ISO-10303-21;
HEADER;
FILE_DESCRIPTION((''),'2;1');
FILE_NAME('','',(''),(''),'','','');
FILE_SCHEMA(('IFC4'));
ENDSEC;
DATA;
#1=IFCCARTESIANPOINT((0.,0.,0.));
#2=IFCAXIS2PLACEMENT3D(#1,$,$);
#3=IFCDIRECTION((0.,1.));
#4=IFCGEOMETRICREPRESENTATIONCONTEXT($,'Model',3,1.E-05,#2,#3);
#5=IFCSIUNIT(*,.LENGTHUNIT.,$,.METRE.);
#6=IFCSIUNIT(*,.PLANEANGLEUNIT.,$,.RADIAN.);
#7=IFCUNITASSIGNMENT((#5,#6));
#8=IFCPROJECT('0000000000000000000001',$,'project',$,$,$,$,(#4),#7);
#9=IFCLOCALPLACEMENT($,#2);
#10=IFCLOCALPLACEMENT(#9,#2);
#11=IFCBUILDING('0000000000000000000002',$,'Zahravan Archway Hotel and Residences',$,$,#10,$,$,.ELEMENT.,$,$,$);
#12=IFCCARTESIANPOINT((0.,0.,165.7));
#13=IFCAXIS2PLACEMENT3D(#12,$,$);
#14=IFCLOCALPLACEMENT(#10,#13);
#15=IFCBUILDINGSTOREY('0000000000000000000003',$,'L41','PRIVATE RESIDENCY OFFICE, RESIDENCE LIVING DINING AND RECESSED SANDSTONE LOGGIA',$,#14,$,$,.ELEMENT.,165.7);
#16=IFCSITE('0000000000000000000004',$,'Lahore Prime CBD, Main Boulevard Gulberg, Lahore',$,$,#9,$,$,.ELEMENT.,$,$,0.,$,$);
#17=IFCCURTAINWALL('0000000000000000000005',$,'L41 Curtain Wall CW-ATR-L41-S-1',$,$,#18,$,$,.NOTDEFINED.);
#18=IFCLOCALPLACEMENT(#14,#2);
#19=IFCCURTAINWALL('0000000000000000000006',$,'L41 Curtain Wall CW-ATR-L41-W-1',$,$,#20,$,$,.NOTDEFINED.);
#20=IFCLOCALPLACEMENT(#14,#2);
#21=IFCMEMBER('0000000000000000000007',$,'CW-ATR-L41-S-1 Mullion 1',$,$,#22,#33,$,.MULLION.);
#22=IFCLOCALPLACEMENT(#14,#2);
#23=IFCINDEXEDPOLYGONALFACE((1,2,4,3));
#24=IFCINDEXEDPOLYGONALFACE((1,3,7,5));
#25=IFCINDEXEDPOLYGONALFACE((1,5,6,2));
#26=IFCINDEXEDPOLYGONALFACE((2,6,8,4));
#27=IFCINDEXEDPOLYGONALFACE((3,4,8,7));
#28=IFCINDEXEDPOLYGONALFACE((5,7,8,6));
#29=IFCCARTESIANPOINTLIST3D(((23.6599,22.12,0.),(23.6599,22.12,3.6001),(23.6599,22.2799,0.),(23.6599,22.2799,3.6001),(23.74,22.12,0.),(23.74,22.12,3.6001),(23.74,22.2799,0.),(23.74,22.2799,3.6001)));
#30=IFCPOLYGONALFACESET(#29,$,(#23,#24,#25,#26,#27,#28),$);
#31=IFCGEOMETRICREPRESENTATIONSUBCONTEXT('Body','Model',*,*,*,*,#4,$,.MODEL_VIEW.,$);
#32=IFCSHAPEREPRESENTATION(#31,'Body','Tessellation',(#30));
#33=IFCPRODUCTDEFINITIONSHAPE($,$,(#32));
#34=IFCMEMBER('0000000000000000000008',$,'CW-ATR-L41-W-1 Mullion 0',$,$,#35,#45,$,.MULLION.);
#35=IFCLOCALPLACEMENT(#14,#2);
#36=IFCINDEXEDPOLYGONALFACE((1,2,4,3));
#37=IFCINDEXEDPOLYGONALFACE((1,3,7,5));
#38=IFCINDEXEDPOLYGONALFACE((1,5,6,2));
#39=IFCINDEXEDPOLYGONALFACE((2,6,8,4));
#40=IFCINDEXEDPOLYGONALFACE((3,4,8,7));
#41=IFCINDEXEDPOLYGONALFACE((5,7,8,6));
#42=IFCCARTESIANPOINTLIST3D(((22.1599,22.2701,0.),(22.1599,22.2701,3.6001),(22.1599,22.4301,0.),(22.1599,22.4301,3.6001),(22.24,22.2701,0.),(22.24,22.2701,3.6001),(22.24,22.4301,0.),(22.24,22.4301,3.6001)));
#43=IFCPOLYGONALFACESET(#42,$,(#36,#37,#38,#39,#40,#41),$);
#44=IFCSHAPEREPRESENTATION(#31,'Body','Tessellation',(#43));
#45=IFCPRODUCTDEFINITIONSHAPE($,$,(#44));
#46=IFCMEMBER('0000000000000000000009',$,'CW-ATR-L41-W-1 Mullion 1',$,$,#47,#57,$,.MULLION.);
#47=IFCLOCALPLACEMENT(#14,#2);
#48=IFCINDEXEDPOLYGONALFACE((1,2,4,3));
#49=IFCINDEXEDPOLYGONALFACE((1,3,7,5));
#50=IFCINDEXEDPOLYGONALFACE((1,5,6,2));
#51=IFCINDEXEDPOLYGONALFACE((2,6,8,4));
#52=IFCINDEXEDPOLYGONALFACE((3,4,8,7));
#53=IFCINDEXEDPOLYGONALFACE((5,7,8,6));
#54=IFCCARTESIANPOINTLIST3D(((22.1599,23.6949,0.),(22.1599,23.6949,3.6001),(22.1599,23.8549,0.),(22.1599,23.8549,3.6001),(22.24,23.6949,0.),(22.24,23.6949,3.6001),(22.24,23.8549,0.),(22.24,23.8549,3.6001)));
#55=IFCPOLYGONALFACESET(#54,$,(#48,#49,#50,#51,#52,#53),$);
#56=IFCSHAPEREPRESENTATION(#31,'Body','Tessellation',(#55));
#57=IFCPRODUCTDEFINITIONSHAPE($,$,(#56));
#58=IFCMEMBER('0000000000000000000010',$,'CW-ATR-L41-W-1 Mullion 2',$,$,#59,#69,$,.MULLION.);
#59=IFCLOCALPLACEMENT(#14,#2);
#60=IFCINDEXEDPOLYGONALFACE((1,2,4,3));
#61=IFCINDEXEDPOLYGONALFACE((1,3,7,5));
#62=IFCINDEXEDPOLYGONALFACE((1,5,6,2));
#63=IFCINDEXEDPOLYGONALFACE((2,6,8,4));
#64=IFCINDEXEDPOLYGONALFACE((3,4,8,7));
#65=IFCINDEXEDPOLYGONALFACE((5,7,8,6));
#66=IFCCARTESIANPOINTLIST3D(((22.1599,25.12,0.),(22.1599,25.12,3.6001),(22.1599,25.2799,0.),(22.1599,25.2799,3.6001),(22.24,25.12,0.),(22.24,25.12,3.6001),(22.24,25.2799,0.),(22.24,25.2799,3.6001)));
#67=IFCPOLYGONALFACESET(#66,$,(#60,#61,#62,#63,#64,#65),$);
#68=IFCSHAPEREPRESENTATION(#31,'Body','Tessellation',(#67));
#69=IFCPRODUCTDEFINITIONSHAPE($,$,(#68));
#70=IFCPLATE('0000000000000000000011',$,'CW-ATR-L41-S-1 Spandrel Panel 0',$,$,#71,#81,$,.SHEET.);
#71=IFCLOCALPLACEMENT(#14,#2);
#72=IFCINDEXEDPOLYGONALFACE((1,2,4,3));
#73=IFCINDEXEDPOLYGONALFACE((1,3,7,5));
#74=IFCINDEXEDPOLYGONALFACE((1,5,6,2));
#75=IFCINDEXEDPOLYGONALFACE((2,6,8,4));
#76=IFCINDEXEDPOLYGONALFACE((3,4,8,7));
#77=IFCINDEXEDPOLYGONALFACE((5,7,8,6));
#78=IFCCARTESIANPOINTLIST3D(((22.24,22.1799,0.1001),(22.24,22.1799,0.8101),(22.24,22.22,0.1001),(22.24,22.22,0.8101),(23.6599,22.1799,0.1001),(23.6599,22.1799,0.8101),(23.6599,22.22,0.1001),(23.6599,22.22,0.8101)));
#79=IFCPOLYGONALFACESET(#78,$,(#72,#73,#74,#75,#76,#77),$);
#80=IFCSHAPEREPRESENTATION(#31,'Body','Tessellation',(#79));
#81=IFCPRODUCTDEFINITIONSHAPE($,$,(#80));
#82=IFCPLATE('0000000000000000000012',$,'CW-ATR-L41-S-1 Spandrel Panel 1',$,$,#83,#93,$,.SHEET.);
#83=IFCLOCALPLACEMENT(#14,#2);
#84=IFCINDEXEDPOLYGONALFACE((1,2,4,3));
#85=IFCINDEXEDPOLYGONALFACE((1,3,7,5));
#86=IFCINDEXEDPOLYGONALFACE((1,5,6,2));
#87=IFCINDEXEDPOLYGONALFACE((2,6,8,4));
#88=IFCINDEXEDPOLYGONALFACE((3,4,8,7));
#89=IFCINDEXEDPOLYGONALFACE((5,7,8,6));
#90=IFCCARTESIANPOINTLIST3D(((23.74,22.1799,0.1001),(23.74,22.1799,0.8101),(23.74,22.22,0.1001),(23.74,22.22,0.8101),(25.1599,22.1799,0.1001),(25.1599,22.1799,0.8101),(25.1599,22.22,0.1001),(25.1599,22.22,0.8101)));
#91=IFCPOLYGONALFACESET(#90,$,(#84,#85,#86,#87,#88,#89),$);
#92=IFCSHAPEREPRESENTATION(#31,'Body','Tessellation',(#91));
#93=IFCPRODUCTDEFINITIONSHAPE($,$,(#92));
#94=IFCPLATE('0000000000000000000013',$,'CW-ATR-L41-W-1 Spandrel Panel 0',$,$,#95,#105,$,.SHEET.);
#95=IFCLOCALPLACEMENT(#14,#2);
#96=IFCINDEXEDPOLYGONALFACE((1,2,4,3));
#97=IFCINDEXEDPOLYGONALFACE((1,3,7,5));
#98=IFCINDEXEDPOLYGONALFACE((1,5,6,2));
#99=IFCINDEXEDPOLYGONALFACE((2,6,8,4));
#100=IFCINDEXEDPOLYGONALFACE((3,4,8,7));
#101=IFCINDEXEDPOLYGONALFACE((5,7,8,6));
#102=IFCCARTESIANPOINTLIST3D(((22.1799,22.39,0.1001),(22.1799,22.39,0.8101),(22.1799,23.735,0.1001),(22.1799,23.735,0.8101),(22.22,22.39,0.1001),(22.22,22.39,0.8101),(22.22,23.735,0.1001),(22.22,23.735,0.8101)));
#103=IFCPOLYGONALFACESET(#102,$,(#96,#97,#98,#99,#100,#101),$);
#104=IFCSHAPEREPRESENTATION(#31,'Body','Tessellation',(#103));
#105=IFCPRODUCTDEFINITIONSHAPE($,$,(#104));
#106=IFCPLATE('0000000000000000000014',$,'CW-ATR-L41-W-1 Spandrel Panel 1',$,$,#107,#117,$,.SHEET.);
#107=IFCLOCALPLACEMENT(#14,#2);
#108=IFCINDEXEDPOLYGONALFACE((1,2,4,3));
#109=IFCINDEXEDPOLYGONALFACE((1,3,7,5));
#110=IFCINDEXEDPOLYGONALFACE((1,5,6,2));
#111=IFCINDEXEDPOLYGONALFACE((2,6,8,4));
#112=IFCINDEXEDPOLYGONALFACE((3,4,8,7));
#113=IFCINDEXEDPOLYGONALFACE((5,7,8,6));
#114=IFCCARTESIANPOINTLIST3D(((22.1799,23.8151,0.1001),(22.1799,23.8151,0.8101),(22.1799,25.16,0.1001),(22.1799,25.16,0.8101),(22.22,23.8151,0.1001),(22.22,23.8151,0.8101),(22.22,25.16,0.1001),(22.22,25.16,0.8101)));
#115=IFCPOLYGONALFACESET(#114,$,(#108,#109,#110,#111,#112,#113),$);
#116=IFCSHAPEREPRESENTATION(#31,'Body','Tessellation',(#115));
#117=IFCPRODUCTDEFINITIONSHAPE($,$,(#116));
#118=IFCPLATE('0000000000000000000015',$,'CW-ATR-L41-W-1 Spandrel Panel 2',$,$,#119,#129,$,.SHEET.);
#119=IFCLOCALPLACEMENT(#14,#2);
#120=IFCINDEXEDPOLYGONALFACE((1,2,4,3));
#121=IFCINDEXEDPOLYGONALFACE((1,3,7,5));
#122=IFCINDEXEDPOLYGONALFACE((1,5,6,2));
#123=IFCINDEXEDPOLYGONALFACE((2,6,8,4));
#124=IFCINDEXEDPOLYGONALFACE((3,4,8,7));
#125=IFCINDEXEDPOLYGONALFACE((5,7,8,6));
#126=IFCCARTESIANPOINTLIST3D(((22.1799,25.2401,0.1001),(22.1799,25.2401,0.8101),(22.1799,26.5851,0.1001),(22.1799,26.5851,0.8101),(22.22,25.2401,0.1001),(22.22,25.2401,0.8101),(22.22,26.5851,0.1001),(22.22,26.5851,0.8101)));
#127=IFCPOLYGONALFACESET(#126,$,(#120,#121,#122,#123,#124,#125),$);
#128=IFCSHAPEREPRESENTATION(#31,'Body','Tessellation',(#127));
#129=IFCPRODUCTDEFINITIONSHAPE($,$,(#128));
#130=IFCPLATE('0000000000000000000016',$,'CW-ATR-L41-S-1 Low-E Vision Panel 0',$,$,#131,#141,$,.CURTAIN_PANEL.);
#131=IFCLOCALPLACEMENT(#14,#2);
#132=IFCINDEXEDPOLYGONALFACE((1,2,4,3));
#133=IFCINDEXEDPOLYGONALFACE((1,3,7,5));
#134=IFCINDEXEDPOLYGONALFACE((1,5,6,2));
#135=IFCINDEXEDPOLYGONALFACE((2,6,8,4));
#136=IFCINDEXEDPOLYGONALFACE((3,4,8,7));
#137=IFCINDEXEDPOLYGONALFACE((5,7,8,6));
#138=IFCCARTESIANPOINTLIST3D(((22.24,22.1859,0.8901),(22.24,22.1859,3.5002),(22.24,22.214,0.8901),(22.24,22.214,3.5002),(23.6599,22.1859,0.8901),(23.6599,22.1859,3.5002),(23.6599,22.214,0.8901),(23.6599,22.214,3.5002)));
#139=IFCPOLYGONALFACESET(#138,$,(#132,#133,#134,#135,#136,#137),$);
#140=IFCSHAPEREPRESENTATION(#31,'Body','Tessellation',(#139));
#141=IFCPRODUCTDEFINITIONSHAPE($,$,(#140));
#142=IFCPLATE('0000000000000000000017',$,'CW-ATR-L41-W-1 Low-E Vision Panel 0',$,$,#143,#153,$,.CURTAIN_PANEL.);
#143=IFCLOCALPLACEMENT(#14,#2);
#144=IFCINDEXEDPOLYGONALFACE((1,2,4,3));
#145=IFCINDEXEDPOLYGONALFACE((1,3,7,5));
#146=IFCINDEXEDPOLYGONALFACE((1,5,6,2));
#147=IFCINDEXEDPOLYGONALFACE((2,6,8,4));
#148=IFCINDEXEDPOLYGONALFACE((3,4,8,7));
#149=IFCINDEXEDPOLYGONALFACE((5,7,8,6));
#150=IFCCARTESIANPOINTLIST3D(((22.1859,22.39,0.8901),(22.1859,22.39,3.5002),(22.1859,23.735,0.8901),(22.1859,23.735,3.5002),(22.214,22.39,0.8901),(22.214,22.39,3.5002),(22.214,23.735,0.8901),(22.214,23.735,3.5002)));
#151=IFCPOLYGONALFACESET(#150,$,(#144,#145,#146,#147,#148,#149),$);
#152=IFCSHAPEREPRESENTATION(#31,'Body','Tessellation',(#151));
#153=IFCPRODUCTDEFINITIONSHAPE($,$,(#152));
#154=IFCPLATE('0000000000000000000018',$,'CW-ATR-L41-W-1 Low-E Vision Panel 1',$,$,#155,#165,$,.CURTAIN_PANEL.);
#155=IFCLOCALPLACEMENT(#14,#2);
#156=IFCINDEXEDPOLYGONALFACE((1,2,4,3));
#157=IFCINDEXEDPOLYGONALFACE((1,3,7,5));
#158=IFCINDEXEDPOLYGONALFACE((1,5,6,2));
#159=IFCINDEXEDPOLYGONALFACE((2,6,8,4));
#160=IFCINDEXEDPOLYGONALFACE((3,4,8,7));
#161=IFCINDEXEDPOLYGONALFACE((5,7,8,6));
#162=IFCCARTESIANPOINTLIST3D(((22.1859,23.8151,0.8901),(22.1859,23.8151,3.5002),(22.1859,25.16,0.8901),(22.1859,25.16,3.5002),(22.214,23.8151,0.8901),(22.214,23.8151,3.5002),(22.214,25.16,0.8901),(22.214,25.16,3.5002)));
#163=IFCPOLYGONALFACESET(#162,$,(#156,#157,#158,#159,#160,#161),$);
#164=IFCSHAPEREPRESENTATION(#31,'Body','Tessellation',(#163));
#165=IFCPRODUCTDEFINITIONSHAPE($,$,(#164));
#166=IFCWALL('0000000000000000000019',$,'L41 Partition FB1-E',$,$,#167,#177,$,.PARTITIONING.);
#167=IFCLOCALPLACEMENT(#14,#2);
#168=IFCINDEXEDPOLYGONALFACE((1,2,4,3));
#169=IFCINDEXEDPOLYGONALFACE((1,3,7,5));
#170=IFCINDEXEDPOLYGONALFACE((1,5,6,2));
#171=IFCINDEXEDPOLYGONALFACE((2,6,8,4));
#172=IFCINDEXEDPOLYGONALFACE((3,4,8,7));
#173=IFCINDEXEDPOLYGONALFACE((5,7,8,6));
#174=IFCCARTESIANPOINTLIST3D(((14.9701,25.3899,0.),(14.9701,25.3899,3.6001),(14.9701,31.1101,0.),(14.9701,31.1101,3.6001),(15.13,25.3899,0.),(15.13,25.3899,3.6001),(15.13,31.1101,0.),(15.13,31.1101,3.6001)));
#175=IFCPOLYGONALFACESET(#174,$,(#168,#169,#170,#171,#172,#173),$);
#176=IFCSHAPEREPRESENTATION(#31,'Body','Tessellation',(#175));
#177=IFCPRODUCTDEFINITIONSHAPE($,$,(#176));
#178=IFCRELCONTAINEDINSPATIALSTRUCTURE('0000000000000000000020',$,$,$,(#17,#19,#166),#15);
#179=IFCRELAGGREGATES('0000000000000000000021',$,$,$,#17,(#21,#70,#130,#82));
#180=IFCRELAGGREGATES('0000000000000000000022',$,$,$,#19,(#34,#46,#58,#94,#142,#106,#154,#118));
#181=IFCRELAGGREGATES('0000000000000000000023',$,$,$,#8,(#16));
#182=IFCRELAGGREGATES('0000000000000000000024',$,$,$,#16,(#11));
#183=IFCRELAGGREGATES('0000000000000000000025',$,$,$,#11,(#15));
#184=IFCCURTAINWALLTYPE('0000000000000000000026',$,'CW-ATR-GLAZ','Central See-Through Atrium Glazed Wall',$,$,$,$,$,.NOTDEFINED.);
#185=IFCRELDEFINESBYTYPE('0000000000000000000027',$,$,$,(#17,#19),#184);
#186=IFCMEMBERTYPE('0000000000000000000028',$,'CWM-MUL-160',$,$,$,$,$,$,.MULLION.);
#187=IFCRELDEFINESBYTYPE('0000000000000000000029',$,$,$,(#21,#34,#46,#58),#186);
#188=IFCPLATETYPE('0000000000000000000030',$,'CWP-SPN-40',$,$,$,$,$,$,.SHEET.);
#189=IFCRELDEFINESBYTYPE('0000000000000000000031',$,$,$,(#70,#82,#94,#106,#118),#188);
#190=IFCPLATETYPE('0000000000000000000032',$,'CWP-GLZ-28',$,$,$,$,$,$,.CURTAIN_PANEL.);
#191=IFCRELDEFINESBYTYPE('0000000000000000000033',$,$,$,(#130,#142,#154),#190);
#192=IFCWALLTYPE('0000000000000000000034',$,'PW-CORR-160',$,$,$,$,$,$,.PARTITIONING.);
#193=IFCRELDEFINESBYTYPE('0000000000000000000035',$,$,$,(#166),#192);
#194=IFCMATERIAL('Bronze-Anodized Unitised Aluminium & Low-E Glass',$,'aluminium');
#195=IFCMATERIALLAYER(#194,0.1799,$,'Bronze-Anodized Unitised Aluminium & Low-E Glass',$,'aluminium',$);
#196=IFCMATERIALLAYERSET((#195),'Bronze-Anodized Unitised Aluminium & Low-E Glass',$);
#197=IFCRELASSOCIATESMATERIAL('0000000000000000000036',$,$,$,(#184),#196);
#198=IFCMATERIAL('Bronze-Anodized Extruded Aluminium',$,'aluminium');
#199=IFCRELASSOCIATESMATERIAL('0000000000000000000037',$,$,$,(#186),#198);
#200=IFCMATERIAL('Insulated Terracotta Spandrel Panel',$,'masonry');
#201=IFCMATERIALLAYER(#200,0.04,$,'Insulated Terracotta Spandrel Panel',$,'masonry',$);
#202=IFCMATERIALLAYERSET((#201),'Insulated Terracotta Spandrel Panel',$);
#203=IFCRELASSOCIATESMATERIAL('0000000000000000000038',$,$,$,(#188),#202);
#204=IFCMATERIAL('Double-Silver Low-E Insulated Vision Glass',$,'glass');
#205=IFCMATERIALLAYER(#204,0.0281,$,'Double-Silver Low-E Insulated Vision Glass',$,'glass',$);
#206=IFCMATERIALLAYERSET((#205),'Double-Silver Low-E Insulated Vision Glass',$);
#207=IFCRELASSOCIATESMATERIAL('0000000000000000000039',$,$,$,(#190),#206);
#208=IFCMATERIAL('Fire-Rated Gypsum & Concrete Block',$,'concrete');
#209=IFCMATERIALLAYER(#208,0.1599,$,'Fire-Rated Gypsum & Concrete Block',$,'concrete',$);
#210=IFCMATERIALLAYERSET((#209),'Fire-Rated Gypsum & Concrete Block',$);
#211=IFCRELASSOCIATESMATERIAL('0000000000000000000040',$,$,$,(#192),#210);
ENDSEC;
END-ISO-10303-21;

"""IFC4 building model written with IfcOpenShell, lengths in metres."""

from ifc_helpers import new_model, si_unit, direction, frame, frame_2d, origin, origin_2d, place, context, subcontext, project, spatial, rectangle, extrude, source, transform, mapped, material, layer, layer_set, material_profile, profile_set, type_object, element, aggregate, save


model = new_model("IFC4")

# Units and contexts
model_context = context("Model", 3, precision=1e-05, world=origin(), true_north=direction((0.0, 1.0)))
body_context = subcontext(model_context, "Body", "Model", "MODEL_VIEW")
ifc_project = project(units=[si_unit("LENGTHUNIT", "METRE"), si_unit("PLANEANGLEUNIT", "RADIAN")], contexts=[model_context])

# Site, building, storey
site_placement = place(None, origin())
site = spatial("IfcSite", under=ifc_project, at=site_placement, Name="Lahore Prime CBD, Main Boulevard Gulberg, Lahore", CompositionType="ELEMENT", RefElevation=0.0)
building_placement = place(site_placement, origin())
building = spatial("IfcBuilding", under=site, at=building_placement, Name="Zahravan Archway Hotel and Residences", CompositionType="ELEMENT")
storey_placement = place(building_placement, frame((0.0, 0.0, 165.7)))
storey = spatial("IfcBuildingStorey", under=building, at=storey_placement, Name="L41", Description="PRIVATE RESIDENCY OFFICE, RESIDENCE LIVING DINING AND RECESSED SANDSTONE LOGGIA", CompositionType="ELEMENT", Elevation=165.7)

# Curtain walls
ifc_material_1 = material(Name="Bronze-Anodized Unitised Aluminium & Low-E Glass", Category="aluminium")
ifc_layer_1 = layer(ifc_material_1, 0.1799, Name="Bronze-Anodized Unitised Aluminium & Low-E Glass", Category="aluminium")
ifc_layer_set_1 = layer_set([ifc_layer_1], Name="Bronze-Anodized Unitised Aluminium & Low-E Glass")
curtain_wall_type = type_object("IfcCurtainWallType", Name="CW-ATR-GLAZ", Description="Central See-Through Atrium Glazed Wall", PredefinedType="NOTDEFINED", material=ifc_layer_set_1)
curtain_wall_1_placement = place(storey_placement, origin())
curtain_wall_1 = element("IfcCurtainWall", 1, at=curtain_wall_1_placement, inside=storey, type_object=curtain_wall_type, Name="L41 Curtain Wall CW-ATR-L41-S-1", PredefinedType="NOTDEFINED")
ifc_material_2 = material(Name="Bronze-Anodized Extruded Aluminium", Category="aluminium")
curtain_wall_2_placement = place(storey_placement, origin())
curtain_wall_2 = element("IfcCurtainWall", 2, at=curtain_wall_2_placement, inside=storey, type_object=curtain_wall_type, Name="L41 Curtain Wall CW-ATR-L41-W-1", PredefinedType="NOTDEFINED")

# Members
ifc_material_profile_1 = material_profile(ifc_material_2, rectangle(XDim=0.0801, YDim=0.1599, at=origin_2d()), Name="MUL 80x160", Category="aluminium")
ifc_profile_set_1 = profile_set([ifc_material_profile_1], Name="Bronze-Anodized Extruded Aluminium")
member_type_1 = type_object("IfcMemberType", Name="CWM-MUL-160", PredefinedType="MULLION", material=ifc_profile_set_1)
shared_shape_1 = source(origin(), body_context, "Body", "SweptSolid", [
    extrude(rectangle(XDim=0.0801, YDim=0.1599, at=origin_2d()), origin(), (0.0, 0.0, 1.0), 3.6001),
])
member_1_placement = place(storey_placement, frame((23.7, 22.2, 0.0), z_axis=(0.0, 0.0, 1.0), x_axis=(1.0, 0.0, 0.0)))
member_1 = element("IfcMember", 3, at=member_1_placement, type_object=member_type_1, Name="CW-ATR-L41-S-1 Mullion 1", PredefinedType="MULLION", context=body_context, shape_type="MappedRepresentation", body=[
    mapped(shared_shape_1, transform((0.0, 0.0, 0.0), scale=1.0)),
])
member_2_placement = place(storey_placement, frame((22.2, 22.3501, 0.0), z_axis=(0.0, 0.0, 1.0), x_axis=(1.0, 0.0, 0.0)))
member_2 = element("IfcMember", 4, at=member_2_placement, type_object=member_type_1, Name="CW-ATR-L41-W-1 Mullion 0", PredefinedType="MULLION", context=body_context, shape_type="MappedRepresentation", body=[
    mapped(shared_shape_1, transform((0.0, 0.0, 0.0), scale=1.0)),
])
member_3_placement = place(storey_placement, frame((22.2, 23.7749, 0.0), z_axis=(0.0, 0.0, 1.0), x_axis=(1.0, 0.0, 0.0)))
member_3 = element("IfcMember", 5, at=member_3_placement, type_object=member_type_1, Name="CW-ATR-L41-W-1 Mullion 1", PredefinedType="MULLION", context=body_context, shape_type="MappedRepresentation", body=[
    mapped(shared_shape_1, transform((0.0, 0.0, 0.0), scale=1.0)),
])
member_4_placement = place(storey_placement, frame((22.2, 25.2, 0.0), z_axis=(0.0, 0.0, 1.0), x_axis=(1.0, 0.0, 0.0)))
member_4 = element("IfcMember", 6, at=member_4_placement, type_object=member_type_1, Name="CW-ATR-L41-W-1 Mullion 2", PredefinedType="MULLION", context=body_context, shape_type="MappedRepresentation", body=[
    mapped(shared_shape_1, transform((0.0, 0.0, 0.0), scale=1.0)),
])

# Plates
ifc_material_3 = material(Name="Insulated Terracotta Spandrel Panel", Category="masonry")
ifc_layer_2 = layer(ifc_material_3, 0.04, Name="Insulated Terracotta Spandrel Panel", Category="masonry")
ifc_layer_set_2 = layer_set([ifc_layer_2], Name="Insulated Terracotta Spandrel Panel")
plate_type_1 = type_object("IfcPlateType", Name="CWP-SPN-40", PredefinedType="SHEET", material=ifc_layer_set_2)
shared_shape_2 = source(origin(), body_context, "Body", "SweptSolid", [
    extrude(rectangle(XDim=1.4199, YDim=0.04, at=origin_2d()), origin(), (0.0, 0.0, 1.0), 0.71),
])
plate_1_placement = place(storey_placement, frame((22.95, 22.2, 0.1001), z_axis=(0.0, 0.0, 1.0), x_axis=(1.0, 0.0, 0.0)))
plate_1 = element("IfcPlate", 7, at=plate_1_placement, type_object=plate_type_1, Name="CW-ATR-L41-S-1 Spandrel Panel 0", PredefinedType="SHEET", context=body_context, shape_type="MappedRepresentation", body=[
    mapped(shared_shape_2, transform((0.0, 0.0, 0.0), scale=1.0)),
])
plate_2_placement = place(storey_placement, frame((24.45, 22.2, 0.1001), z_axis=(0.0, 0.0, 1.0), x_axis=(1.0, 0.0, 0.0)))
plate_2 = element("IfcPlate", 8, at=plate_2_placement, type_object=plate_type_1, Name="CW-ATR-L41-S-1 Spandrel Panel 1", PredefinedType="SHEET", context=body_context, shape_type="MappedRepresentation", body=[
    mapped(shared_shape_2, transform((0.0, 0.0, 0.0), scale=1.0)),
])
shared_shape_3 = source(origin(), body_context, "Body", "SweptSolid", [
    extrude(rectangle(XDim=1.345, YDim=0.04, at=origin_2d()), origin(), (0.0, 0.0, 1.0), 0.71),
])
plate_3_placement = place(storey_placement, frame((22.2, 23.0625, 0.1001), z_axis=(0.0, 0.0, 1.0), x_axis=(0.0, 1.0, 0.0)))
plate_3 = element("IfcPlate", 9, at=plate_3_placement, type_object=plate_type_1, Name="CW-ATR-L41-W-1 Spandrel Panel 0", PredefinedType="SHEET", context=body_context, shape_type="MappedRepresentation", body=[
    mapped(shared_shape_3, transform((0.0, 0.0, 0.0), scale=1.0)),
])
plate_4_placement = place(storey_placement, frame((22.2, 24.4875, 0.1001), z_axis=(0.0, 0.0, 1.0), x_axis=(0.0, 1.0, 0.0)))
plate_4 = element("IfcPlate", 10, at=plate_4_placement, type_object=plate_type_1, Name="CW-ATR-L41-W-1 Spandrel Panel 1", PredefinedType="SHEET", context=body_context, shape_type="MappedRepresentation", body=[
    mapped(shared_shape_3, transform((0.0, 0.0, 0.0), scale=1.0)),
])
plate_5_placement = place(storey_placement, frame((22.2, 25.9126, 0.1001), z_axis=(0.0, 0.0, 1.0), x_axis=(0.0, 1.0, 0.0)))
plate_5 = element("IfcPlate", 11, at=plate_5_placement, type_object=plate_type_1, Name="CW-ATR-L41-W-1 Spandrel Panel 2", PredefinedType="SHEET", context=body_context, shape_type="MappedRepresentation", body=[
    mapped(shared_shape_3, transform((0.0, 0.0, 0.0), scale=1.0)),
])
ifc_material_4 = material(Name="Double-Silver Low-E Insulated Vision Glass", Category="glass")
ifc_layer_3 = layer(ifc_material_4, 0.0281, Name="Double-Silver Low-E Insulated Vision Glass", Category="glass")
ifc_layer_set_3 = layer_set([ifc_layer_3], Name="Double-Silver Low-E Insulated Vision Glass")
plate_type_2 = type_object("IfcPlateType", Name="CWP-GLZ-28", PredefinedType="CURTAIN_PANEL", material=ifc_layer_set_3)
shared_shape_4 = source(origin(), body_context, "Body", "SweptSolid", [
    extrude(rectangle(XDim=1.4199, YDim=0.0281, at=origin_2d()), origin(), (0.0, 0.0, 1.0), 2.6101),
])
plate_6_placement = place(storey_placement, frame((22.95, 22.2, 0.8901), z_axis=(0.0, 0.0, 1.0), x_axis=(1.0, 0.0, 0.0)))
plate_6 = element("IfcPlate", 12, at=plate_6_placement, type_object=plate_type_2, Name="CW-ATR-L41-S-1 Low-E Vision Panel 0", PredefinedType="CURTAIN_PANEL", context=body_context, shape_type="MappedRepresentation", body=[
    mapped(shared_shape_4, transform((0.0, 0.0, 0.0), scale=1.0)),
])
aggregate(curtain_wall_1, [member_1, plate_1, plate_6, plate_2])
shared_shape_5 = source(origin(), body_context, "Body", "SweptSolid", [
    extrude(rectangle(XDim=1.345, YDim=0.0281, at=origin_2d()), origin(), (0.0, 0.0, 1.0), 2.6101),
])
plate_7_placement = place(storey_placement, frame((22.2, 23.0625, 0.8901), z_axis=(0.0, 0.0, 1.0), x_axis=(0.0, 1.0, 0.0)))
plate_7 = element("IfcPlate", 13, at=plate_7_placement, type_object=plate_type_2, Name="CW-ATR-L41-W-1 Low-E Vision Panel 0", PredefinedType="CURTAIN_PANEL", context=body_context, shape_type="MappedRepresentation", body=[
    mapped(shared_shape_5, transform((0.0, 0.0, 0.0), scale=1.0)),
])
plate_8_placement = place(storey_placement, frame((22.2, 24.4875, 0.8901), z_axis=(0.0, 0.0, 1.0), x_axis=(0.0, 1.0, 0.0)))
plate_8 = element("IfcPlate", 14, at=plate_8_placement, type_object=plate_type_2, Name="CW-ATR-L41-W-1 Low-E Vision Panel 1", PredefinedType="CURTAIN_PANEL", context=body_context, shape_type="MappedRepresentation", body=[
    mapped(shared_shape_5, transform((0.0, 0.0, 0.0), scale=1.0)),
])
aggregate(curtain_wall_2, [member_2, member_3, member_4, plate_3, plate_7, plate_4, plate_8, plate_5])

# Wall
ifc_material_5 = material(Name="Fire-Rated Gypsum & Concrete Block", Category="concrete")
ifc_layer_4 = layer(ifc_material_5, 0.1599, Name="Fire-Rated Gypsum & Concrete Block", Category="concrete")
ifc_layer_set_4 = layer_set([ifc_layer_4], Name="Fire-Rated Gypsum & Concrete Block")
wall_type_1 = type_object("IfcWallType", Name="PW-CORR-160", PredefinedType="PARTITIONING", material=ifc_layer_set_4)
wall_1_placement = place(storey_placement, frame((15.05, 25.3899, 0.0), z_axis=(0.0, 0.0, 1.0), x_axis=(0.0, 1.0, 0.0)))
element("IfcWall", 15, at=wall_1_placement, inside=storey, type_object=wall_type_1, Name="L41 Partition FB1-E", PredefinedType="PARTITIONING", context=body_context, shape_type="SweptSolid", body=[
    extrude(rectangle(XDim=5.7202, YDim=0.1599, at=frame_2d((2.8601, 0.0))), origin(), (0.0, 0.0, 1.0), 3.6001),
])

save(model, "model.ifc")
